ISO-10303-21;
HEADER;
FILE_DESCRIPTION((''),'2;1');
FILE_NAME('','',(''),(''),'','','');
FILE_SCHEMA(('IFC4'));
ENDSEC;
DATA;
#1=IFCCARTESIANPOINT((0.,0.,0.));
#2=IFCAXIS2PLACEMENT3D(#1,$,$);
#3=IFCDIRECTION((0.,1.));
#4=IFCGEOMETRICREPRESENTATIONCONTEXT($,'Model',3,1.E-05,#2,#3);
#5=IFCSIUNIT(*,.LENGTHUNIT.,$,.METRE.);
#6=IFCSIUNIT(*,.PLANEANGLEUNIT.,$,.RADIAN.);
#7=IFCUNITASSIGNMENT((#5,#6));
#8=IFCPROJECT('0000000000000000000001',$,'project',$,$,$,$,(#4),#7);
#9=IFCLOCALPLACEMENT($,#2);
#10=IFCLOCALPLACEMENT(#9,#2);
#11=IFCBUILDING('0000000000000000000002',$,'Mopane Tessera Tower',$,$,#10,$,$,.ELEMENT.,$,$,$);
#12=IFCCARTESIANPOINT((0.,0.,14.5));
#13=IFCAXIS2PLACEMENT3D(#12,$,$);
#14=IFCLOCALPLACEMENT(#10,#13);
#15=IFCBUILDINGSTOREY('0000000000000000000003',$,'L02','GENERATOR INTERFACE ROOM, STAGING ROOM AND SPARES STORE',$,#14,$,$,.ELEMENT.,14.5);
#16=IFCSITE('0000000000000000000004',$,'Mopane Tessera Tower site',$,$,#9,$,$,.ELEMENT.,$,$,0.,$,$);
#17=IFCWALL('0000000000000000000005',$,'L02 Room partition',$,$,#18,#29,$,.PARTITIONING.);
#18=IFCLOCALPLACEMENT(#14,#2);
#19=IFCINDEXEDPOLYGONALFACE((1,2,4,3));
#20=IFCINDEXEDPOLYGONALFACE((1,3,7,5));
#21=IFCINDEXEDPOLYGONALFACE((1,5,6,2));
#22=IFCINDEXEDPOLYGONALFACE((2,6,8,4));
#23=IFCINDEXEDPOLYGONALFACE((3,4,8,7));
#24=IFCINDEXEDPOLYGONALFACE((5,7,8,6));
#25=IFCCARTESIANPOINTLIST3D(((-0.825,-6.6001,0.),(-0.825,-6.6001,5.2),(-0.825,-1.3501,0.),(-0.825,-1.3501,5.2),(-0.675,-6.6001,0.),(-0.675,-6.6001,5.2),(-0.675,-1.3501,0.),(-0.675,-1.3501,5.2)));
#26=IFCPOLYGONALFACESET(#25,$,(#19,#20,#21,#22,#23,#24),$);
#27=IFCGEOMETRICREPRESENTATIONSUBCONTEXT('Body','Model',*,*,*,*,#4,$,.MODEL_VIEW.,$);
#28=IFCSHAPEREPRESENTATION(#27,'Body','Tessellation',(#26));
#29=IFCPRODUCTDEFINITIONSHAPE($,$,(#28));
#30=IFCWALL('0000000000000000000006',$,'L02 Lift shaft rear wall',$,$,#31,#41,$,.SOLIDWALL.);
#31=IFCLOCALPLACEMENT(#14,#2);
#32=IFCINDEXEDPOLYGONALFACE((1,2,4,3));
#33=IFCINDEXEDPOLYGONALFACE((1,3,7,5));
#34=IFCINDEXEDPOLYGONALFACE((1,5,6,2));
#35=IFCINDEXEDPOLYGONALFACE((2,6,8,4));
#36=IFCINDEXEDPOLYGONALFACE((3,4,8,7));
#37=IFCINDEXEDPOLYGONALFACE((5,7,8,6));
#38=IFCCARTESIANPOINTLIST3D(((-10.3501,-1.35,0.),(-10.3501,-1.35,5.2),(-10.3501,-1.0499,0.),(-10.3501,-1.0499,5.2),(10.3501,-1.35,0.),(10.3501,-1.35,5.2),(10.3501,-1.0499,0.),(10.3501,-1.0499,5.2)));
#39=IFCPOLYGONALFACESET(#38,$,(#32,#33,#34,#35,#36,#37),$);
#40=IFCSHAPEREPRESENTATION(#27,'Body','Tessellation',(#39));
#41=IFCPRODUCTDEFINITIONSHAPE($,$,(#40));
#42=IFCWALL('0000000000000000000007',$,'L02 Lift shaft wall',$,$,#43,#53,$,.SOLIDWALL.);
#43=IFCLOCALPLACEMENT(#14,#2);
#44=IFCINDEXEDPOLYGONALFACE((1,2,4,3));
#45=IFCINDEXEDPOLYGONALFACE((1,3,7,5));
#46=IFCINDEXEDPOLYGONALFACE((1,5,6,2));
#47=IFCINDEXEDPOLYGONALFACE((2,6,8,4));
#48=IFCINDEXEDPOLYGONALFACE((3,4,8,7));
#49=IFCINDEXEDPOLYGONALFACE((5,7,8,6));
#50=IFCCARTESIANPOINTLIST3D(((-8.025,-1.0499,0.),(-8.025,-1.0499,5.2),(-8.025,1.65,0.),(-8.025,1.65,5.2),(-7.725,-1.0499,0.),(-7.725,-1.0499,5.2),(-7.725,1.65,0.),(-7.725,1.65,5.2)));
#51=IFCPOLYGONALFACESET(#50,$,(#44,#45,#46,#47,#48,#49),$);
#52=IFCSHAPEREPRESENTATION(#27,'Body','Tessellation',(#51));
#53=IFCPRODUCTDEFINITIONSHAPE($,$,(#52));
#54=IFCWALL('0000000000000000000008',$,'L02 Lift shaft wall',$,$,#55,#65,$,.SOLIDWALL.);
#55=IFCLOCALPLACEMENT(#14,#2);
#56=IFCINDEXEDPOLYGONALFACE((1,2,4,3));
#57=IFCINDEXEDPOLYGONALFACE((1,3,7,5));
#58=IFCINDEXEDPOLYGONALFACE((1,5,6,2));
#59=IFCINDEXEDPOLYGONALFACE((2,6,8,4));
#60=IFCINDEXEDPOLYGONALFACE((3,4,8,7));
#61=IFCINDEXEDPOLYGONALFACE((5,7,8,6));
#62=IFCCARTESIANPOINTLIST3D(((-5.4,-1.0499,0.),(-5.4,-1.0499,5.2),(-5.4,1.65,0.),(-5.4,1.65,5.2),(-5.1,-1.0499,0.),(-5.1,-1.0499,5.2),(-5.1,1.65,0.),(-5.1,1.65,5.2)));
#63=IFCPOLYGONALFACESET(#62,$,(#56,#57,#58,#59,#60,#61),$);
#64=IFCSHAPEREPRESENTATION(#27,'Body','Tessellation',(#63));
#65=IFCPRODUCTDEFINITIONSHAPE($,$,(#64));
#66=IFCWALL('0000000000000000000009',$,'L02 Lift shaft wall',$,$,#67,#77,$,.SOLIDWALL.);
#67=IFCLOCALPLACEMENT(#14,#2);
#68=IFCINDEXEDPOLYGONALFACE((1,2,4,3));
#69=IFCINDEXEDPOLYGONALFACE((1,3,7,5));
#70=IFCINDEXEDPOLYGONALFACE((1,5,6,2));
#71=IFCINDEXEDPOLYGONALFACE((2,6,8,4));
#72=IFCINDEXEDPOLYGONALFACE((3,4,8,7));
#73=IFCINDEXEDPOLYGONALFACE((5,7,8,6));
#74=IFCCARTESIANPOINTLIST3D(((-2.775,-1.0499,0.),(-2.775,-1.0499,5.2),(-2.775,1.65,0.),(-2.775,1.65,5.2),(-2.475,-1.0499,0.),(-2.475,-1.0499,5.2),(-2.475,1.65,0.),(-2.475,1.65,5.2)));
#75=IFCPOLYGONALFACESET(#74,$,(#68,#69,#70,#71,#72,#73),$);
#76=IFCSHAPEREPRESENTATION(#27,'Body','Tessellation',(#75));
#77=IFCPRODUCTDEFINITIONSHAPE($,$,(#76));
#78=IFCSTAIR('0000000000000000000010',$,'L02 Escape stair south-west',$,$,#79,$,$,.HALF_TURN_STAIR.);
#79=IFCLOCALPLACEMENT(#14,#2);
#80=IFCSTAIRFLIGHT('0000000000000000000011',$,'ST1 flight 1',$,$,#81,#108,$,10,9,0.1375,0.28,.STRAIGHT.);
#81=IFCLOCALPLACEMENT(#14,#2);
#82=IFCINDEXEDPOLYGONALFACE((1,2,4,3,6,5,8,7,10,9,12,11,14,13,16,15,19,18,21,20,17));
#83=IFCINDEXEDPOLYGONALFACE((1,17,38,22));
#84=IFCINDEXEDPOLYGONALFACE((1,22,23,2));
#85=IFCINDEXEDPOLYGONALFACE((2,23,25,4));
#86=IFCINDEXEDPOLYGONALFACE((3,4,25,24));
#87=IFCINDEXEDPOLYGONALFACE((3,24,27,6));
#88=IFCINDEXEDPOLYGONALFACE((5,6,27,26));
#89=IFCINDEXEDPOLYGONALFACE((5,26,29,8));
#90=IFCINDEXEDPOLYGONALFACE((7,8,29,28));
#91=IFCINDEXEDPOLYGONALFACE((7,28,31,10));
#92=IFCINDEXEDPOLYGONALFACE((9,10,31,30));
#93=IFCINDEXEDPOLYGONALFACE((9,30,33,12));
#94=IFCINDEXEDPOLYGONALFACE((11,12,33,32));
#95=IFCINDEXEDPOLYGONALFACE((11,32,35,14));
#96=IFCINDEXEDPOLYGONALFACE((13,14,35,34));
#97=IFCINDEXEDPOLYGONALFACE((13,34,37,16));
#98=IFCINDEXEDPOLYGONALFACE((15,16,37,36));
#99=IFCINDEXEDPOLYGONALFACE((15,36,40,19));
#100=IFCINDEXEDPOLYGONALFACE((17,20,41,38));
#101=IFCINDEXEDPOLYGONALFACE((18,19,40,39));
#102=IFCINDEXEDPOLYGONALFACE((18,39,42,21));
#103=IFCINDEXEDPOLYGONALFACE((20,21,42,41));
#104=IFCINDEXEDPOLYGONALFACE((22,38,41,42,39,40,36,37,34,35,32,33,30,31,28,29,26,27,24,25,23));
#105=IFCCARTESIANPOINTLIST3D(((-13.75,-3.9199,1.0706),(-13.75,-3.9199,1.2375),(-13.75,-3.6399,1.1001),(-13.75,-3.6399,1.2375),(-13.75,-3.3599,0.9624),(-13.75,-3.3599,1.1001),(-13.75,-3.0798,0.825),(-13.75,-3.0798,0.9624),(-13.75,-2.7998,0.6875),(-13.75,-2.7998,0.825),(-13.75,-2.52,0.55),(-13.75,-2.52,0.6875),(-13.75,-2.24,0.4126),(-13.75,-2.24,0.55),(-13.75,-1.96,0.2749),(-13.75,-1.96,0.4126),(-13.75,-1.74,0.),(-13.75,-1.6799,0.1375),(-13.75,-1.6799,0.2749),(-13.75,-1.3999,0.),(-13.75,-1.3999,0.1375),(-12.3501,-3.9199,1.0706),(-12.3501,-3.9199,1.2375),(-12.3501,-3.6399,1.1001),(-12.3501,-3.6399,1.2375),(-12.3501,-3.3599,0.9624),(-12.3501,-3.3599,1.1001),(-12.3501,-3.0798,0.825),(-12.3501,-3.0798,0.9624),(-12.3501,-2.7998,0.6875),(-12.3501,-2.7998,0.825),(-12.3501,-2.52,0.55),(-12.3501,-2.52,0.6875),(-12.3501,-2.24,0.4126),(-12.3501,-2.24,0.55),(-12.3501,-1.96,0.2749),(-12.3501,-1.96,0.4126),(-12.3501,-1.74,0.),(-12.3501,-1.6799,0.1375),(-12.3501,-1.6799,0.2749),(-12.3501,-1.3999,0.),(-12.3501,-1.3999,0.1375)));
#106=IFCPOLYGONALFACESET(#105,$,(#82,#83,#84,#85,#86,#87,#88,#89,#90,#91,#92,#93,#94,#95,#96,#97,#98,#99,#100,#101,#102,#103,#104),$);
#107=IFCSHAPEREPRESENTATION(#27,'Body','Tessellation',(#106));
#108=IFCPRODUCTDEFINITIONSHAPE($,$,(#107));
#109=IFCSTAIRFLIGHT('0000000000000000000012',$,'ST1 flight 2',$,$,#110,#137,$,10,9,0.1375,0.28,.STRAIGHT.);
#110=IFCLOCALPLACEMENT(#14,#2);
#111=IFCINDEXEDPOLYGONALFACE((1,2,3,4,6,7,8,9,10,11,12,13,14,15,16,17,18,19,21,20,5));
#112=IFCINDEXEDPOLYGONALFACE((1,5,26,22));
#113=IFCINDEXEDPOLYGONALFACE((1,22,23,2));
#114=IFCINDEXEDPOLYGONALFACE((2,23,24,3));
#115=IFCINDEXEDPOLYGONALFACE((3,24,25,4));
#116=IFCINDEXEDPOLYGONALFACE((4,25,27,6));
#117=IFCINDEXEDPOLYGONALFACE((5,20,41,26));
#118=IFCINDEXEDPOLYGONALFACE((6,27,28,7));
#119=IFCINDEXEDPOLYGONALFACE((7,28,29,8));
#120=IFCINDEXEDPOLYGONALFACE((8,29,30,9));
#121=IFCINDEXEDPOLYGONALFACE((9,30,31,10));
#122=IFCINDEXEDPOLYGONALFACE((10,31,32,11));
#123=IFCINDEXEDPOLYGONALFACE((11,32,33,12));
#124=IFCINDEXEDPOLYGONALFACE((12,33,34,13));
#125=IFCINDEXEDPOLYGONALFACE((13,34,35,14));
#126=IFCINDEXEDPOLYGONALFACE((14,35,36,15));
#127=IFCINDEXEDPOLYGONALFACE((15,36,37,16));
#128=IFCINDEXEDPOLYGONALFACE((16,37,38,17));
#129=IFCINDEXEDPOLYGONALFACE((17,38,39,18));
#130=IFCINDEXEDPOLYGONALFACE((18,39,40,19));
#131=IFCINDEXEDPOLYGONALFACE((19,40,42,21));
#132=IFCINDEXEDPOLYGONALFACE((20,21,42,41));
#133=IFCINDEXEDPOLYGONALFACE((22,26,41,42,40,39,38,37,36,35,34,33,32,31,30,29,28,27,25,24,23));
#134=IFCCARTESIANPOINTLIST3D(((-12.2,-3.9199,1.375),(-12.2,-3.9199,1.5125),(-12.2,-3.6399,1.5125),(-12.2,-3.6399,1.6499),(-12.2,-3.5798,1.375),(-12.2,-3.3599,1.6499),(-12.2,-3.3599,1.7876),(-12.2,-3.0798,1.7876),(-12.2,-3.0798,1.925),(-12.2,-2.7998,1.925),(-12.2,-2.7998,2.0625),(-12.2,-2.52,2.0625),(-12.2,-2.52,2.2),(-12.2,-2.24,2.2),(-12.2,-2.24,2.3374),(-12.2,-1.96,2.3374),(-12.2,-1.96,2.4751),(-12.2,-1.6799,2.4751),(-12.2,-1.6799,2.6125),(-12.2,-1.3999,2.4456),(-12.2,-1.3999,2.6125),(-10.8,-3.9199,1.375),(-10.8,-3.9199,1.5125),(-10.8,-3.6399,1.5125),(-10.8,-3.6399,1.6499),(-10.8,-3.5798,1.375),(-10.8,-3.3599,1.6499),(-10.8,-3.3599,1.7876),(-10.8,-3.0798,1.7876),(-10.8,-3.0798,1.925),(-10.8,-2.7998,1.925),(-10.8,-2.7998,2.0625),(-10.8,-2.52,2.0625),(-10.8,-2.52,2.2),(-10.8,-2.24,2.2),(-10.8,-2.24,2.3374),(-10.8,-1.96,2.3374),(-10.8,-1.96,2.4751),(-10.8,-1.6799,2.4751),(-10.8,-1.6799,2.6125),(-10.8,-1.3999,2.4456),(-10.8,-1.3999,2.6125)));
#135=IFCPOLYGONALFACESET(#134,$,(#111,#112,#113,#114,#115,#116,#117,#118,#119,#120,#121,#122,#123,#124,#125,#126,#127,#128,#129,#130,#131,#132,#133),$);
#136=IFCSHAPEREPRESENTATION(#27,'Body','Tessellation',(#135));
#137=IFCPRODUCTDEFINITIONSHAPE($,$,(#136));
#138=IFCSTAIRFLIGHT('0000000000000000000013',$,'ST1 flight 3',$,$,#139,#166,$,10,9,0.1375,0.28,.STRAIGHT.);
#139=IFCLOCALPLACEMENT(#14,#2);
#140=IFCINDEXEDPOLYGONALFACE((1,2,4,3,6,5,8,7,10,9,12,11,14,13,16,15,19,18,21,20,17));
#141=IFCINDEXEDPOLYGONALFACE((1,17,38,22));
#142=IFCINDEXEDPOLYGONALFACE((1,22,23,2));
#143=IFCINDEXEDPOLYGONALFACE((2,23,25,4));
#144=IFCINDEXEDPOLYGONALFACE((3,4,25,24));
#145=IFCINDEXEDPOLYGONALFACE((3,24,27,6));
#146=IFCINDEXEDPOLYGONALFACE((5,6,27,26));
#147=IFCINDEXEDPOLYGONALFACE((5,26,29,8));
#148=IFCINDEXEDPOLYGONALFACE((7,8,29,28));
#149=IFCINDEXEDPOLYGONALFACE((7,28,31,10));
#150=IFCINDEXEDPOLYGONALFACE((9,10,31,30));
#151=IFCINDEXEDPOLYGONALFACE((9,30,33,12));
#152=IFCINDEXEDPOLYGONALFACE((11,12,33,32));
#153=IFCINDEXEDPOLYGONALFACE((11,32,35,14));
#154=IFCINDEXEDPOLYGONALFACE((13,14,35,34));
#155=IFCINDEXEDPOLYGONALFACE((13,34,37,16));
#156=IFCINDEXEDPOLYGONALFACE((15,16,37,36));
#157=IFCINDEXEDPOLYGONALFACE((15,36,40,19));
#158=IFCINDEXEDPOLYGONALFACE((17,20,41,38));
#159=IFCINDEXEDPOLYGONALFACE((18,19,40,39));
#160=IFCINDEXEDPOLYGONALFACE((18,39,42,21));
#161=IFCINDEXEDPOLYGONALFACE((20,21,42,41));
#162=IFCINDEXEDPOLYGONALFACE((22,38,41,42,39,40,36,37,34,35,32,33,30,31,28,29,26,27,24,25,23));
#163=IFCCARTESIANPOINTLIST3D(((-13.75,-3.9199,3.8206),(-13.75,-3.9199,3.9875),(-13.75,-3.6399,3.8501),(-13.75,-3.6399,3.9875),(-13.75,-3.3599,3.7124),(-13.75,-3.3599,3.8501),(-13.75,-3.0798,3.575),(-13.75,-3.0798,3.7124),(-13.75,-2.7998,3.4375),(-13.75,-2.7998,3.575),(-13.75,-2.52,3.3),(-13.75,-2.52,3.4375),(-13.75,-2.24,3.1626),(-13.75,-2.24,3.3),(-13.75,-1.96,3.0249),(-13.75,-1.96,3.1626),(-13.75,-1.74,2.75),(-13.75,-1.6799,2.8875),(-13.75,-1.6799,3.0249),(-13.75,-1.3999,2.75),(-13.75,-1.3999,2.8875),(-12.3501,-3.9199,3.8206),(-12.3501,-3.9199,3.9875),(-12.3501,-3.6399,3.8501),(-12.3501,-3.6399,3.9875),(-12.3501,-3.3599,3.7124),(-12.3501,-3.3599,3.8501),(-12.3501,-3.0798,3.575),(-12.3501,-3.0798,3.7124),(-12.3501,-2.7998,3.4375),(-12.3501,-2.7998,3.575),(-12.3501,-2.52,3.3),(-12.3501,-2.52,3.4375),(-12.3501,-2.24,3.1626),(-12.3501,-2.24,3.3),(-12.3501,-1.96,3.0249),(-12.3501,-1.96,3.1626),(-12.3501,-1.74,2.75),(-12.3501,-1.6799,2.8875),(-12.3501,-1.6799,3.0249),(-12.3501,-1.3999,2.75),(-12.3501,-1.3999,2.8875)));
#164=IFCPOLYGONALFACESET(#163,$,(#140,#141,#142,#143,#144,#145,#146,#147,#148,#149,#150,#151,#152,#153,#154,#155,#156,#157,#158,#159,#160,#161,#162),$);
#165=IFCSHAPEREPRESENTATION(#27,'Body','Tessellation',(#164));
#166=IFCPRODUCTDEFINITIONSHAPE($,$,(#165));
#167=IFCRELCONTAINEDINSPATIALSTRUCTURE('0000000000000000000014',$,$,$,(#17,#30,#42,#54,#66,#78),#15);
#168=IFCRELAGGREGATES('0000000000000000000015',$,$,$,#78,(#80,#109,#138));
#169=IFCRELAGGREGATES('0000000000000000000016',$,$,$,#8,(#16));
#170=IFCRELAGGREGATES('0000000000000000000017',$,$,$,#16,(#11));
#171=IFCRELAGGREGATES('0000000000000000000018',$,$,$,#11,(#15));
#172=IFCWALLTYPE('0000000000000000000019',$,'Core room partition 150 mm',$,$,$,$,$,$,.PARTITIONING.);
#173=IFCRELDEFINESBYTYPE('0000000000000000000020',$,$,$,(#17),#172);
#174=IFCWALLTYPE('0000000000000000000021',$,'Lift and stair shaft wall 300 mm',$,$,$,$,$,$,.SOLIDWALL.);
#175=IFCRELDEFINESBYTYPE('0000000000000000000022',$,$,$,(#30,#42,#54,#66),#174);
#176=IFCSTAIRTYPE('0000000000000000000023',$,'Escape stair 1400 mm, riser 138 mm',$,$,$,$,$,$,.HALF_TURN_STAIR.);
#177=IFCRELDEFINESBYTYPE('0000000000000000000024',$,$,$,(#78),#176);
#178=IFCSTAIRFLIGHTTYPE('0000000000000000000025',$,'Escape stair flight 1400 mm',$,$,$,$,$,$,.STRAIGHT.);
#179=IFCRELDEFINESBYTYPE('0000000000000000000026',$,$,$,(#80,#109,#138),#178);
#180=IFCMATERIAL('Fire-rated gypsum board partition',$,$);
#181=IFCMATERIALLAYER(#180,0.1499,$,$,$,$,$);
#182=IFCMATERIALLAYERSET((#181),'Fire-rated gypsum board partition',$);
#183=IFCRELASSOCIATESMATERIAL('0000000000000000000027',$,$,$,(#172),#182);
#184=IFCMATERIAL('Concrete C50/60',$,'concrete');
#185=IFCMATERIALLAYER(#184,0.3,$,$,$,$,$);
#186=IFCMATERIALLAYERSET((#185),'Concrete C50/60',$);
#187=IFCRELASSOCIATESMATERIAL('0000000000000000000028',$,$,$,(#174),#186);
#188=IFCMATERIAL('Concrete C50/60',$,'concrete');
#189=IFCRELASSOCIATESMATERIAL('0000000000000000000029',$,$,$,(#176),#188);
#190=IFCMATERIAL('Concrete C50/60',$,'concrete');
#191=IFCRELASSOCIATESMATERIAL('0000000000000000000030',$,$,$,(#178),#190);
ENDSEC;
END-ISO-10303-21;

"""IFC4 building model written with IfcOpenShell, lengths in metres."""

from ifc_helpers import new_model, si_unit, direction, frame, frame_2d, origin, place, context, subcontext, project, spatial, polyline, rectangle, outline, extrude, material, layer, layer_set, type_object, element, aggregate, save


model = new_model("IFC4")

# Units and contexts
model_context = context("Model", 3, precision=1e-05, world=origin(), true_north=direction((0.0, 1.0)))
body_context = subcontext(model_context, "Body", "Model", "MODEL_VIEW")
ifc_project = project(units=[si_unit("LENGTHUNIT", "METRE"), si_unit("PLANEANGLEUNIT", "RADIAN")], contexts=[model_context])

# Site, building, storey
site_placement = place(None, origin())
site = spatial("IfcSite", under=ifc_project, at=site_placement, Name="Mopane Tessera Tower site", CompositionType="ELEMENT", RefElevation=0.0)
building_placement = place(site_placement, origin())
building = spatial("IfcBuilding", under=site, at=building_placement, Name="Mopane Tessera Tower", CompositionType="ELEMENT")
storey_placement = place(building_placement, frame((0.0, 0.0, 14.5)))
storey = spatial("IfcBuildingStorey", under=building, at=storey_placement, Name="L02", Description="GENERATOR INTERFACE ROOM, STAGING ROOM AND SPARES STORE", CompositionType="ELEMENT", Elevation=14.5)

# Shared definitions
ifc_material_1 = material(Name="Fire-rated gypsum board partition")
ifc_layer_1 = layer(ifc_material_1, 0.1499)
ifc_layer_set_1 = layer_set([ifc_layer_1], Name="Fire-rated gypsum board partition")
wall_type_1 = type_object("IfcWallType", Name="Core room partition 150 mm", PredefinedType="PARTITIONING", material=ifc_layer_set_1)

# Walls
wall_1_placement = place(storey_placement, frame((-0.75, -6.6001, 0.0), z_axis=(0.0, 0.0, 1.0), x_axis=(0.0, 1.0, 0.0)))
element("IfcWall", 1, at=wall_1_placement, inside=storey, type_object=wall_type_1, Name="L02 Room partition", PredefinedType="PARTITIONING", context=body_context, shape_type="SweptSolid", body=[
    extrude(rectangle(XDim=5.25, YDim=0.1499, at=frame_2d((2.625, 0.0))), origin(), (0.0, 0.0, 1.0), 5.2),
])
ifc_material_2 = material(Name="Concrete C50/60", Category="concrete")
ifc_layer_2 = layer(ifc_material_2, 0.3)
ifc_layer_set_2 = layer_set([ifc_layer_2], Name="Concrete C50/60")
wall_type_2 = type_object("IfcWallType", Name="Lift and stair shaft wall 300 mm", PredefinedType="SOLIDWALL", material=ifc_layer_set_2)
wall_2_placement = place(storey_placement, frame((-10.3501, -1.2, 0.0), z_axis=(0.0, 0.0, 1.0), x_axis=(1.0, 0.0, 0.0)))
element("IfcWall", 2, at=wall_2_placement, inside=storey, type_object=wall_type_2, Name="L02 Lift shaft rear wall", PredefinedType="SOLIDWALL", context=body_context, shape_type="SweptSolid", body=[
    extrude(rectangle(XDim=20.7002, YDim=0.3, at=frame_2d((10.3501, 0.0))), origin(), (0.0, 0.0, 1.0), 5.2),
])
for number, where, z_axis, x_axis, name in (
    (3, (-7.875, -1.05, 0.0), (0.0, 0.0, 1.0), (0.0, 1.0, 0.0), "L02 Lift shaft wall"),
    (4, (-5.25, -1.05, 0.0), (0.0, 0.0, 1.0), (0.0, 1.0, 0.0), "L02 Lift shaft wall"),
    (5, (-2.625, -1.05, 0.0), (0.0, 0.0, 1.0), (0.0, 1.0, 0.0), "L02 Lift shaft wall"),
):
    element("IfcWall", number, at=place(storey_placement, frame(where, z_axis=z_axis, x_axis=x_axis)), inside=storey, type_object=wall_type_2, Name=name, PredefinedType="SOLIDWALL", context=body_context, shape_type="SweptSolid", body=[
        extrude(rectangle(XDim=2.7, YDim=0.3, at=frame_2d((1.3501, 0.0))), origin(), (0.0, 0.0, 1.0), 5.2),
    ])

# Stair, stair flights
ifc_material_3 = material(Name="Concrete C50/60", Category="concrete")
stair_type = type_object("IfcStairType", Name="Escape stair 1400 mm, riser 138 mm", PredefinedType="HALF_TURN_STAIR", material=ifc_material_3)
stair_placement = place(storey_placement, origin())
stair = element("IfcStair", 6, at=stair_placement, inside=storey, type_object=stair_type, Name="L02 Escape stair south-west", PredefinedType="HALF_TURN_STAIR")
ifc_material_4 = material(Name="Concrete C50/60", Category="concrete")
stair_flight_type = type_object("IfcStairFlightType", Name="Escape stair flight 1400 mm", PredefinedType="STRAIGHT", material=ifc_material_4)
stair_flight_1_placement = place(storey_placement, frame((-13.05, -1.3999, 0.0), z_axis=(0.0, 0.0, 1.0), x_axis=(0.0, -1.0, 0.0)))
stair_flight_1 = element("IfcStairFlight", 7, at=stair_flight_1_placement, type_object=stair_flight_type, Name="ST1 flight 1", NumberOfRisers=10, NumberOfTreads=9, PredefinedType="STRAIGHT", RiserHeight=0.1375, TreadLength=0.28, context=body_context, shape_type="SweptSolid", body=[
    extrude(outline(polyline([(0.0, 0.0), (0.0, 0.1375), (0.28, 0.1375), (0.28, 0.2749), (0.5601, 0.2749), (0.5601, 0.4126), (0.8401, 0.4126), (0.8401, 0.55), (1.1201, 0.55), (1.1201, 0.6875), (1.3999, 0.6875), (1.3999, 0.825), (1.6799, 0.825), (1.6799, 0.9624), (1.96, 0.9624), (1.96, 1.1001), (2.24, 1.1001), (2.24, 1.2375), (2.52, 1.2375), (2.52, 1.375), (2.52, 1.0706), (0.3401, 0.0), (0.0, 0.0)])), frame((0.0, 0.7, 0.0), z_axis=(0.0, -1.0, 0.0), x_axis=(1.0, 0.0, 0.0)), (0.0, 0.0, 1.0), 1.3999),
])
stair_flight_2_placement = place(storey_placement, frame((-11.5, -3.9199, 1.375), z_axis=(0.0, 0.0, 1.0), x_axis=(0.0, 1.0, 0.0)))
stair_flight_2 = element("IfcStairFlight", 8, at=stair_flight_2_placement, type_object=stair_flight_type, Name="ST1 flight 2", NumberOfRisers=10, NumberOfTreads=9, PredefinedType="STRAIGHT", RiserHeight=0.1375, TreadLength=0.28, context=body_context, shape_type="SweptSolid", body=[
    extrude(outline(polyline([(0.0, 0.0), (0.0, 0.1375), (0.28, 0.1375), (0.28, 0.2749), (0.5601, 0.2749), (0.5601, 0.4126), (0.8401, 0.4126), (0.8401, 0.55), (1.1201, 0.55), (1.1201, 0.6875), (1.3999, 0.6875), (1.3999, 0.825), (1.6799, 0.825), (1.6799, 0.9624), (1.96, 0.9624), (1.96, 1.1001), (2.24, 1.1001), (2.24, 1.2375), (2.52, 1.2375), (2.52, 1.375), (2.52, 1.0706), (0.3401, 0.0), (0.0, 0.0)])), frame((0.0, 0.7, 0.0), z_axis=(0.0, -1.0, 0.0), x_axis=(1.0, 0.0, 0.0)), (0.0, 0.0, 1.0), 1.3999),
])
stair_flight_3_placement = place(storey_placement, frame((-13.05, -1.3999, 2.75), z_axis=(0.0, 0.0, 1.0), x_axis=(0.0, -1.0, 0.0)))
stair_flight_3 = element("IfcStairFlight", 9, at=stair_flight_3_placement, type_object=stair_flight_type, Name="ST1 flight 3", NumberOfRisers=10, NumberOfTreads=9, PredefinedType="STRAIGHT", RiserHeight=0.1375, TreadLength=0.28, context=body_context, shape_type="SweptSolid", body=[
    extrude(outline(polyline([(0.0, 0.0), (0.0, 0.1375), (0.28, 0.1375), (0.28, 0.2749), (0.5601, 0.2749), (0.5601, 0.4126), (0.8401, 0.4126), (0.8401, 0.55), (1.1201, 0.55), (1.1201, 0.6875), (1.3999, 0.6875), (1.3999, 0.825), (1.6799, 0.825), (1.6799, 0.9624), (1.96, 0.9624), (1.96, 1.1001), (2.24, 1.1001), (2.24, 1.2375), (2.52, 1.2375), (2.52, 1.375), (2.52, 1.0706), (0.3401, 0.0), (0.0, 0.0)])), frame((0.0, 0.7, 0.0), z_axis=(0.0, -1.0, 0.0), x_axis=(1.0, 0.0, 0.0)), (0.0, 0.0, 1.0), 1.3999),
])
aggregate(stair, [stair_flight_1, stair_flight_2, stair_flight_3])

save(model, "model.ifc")
